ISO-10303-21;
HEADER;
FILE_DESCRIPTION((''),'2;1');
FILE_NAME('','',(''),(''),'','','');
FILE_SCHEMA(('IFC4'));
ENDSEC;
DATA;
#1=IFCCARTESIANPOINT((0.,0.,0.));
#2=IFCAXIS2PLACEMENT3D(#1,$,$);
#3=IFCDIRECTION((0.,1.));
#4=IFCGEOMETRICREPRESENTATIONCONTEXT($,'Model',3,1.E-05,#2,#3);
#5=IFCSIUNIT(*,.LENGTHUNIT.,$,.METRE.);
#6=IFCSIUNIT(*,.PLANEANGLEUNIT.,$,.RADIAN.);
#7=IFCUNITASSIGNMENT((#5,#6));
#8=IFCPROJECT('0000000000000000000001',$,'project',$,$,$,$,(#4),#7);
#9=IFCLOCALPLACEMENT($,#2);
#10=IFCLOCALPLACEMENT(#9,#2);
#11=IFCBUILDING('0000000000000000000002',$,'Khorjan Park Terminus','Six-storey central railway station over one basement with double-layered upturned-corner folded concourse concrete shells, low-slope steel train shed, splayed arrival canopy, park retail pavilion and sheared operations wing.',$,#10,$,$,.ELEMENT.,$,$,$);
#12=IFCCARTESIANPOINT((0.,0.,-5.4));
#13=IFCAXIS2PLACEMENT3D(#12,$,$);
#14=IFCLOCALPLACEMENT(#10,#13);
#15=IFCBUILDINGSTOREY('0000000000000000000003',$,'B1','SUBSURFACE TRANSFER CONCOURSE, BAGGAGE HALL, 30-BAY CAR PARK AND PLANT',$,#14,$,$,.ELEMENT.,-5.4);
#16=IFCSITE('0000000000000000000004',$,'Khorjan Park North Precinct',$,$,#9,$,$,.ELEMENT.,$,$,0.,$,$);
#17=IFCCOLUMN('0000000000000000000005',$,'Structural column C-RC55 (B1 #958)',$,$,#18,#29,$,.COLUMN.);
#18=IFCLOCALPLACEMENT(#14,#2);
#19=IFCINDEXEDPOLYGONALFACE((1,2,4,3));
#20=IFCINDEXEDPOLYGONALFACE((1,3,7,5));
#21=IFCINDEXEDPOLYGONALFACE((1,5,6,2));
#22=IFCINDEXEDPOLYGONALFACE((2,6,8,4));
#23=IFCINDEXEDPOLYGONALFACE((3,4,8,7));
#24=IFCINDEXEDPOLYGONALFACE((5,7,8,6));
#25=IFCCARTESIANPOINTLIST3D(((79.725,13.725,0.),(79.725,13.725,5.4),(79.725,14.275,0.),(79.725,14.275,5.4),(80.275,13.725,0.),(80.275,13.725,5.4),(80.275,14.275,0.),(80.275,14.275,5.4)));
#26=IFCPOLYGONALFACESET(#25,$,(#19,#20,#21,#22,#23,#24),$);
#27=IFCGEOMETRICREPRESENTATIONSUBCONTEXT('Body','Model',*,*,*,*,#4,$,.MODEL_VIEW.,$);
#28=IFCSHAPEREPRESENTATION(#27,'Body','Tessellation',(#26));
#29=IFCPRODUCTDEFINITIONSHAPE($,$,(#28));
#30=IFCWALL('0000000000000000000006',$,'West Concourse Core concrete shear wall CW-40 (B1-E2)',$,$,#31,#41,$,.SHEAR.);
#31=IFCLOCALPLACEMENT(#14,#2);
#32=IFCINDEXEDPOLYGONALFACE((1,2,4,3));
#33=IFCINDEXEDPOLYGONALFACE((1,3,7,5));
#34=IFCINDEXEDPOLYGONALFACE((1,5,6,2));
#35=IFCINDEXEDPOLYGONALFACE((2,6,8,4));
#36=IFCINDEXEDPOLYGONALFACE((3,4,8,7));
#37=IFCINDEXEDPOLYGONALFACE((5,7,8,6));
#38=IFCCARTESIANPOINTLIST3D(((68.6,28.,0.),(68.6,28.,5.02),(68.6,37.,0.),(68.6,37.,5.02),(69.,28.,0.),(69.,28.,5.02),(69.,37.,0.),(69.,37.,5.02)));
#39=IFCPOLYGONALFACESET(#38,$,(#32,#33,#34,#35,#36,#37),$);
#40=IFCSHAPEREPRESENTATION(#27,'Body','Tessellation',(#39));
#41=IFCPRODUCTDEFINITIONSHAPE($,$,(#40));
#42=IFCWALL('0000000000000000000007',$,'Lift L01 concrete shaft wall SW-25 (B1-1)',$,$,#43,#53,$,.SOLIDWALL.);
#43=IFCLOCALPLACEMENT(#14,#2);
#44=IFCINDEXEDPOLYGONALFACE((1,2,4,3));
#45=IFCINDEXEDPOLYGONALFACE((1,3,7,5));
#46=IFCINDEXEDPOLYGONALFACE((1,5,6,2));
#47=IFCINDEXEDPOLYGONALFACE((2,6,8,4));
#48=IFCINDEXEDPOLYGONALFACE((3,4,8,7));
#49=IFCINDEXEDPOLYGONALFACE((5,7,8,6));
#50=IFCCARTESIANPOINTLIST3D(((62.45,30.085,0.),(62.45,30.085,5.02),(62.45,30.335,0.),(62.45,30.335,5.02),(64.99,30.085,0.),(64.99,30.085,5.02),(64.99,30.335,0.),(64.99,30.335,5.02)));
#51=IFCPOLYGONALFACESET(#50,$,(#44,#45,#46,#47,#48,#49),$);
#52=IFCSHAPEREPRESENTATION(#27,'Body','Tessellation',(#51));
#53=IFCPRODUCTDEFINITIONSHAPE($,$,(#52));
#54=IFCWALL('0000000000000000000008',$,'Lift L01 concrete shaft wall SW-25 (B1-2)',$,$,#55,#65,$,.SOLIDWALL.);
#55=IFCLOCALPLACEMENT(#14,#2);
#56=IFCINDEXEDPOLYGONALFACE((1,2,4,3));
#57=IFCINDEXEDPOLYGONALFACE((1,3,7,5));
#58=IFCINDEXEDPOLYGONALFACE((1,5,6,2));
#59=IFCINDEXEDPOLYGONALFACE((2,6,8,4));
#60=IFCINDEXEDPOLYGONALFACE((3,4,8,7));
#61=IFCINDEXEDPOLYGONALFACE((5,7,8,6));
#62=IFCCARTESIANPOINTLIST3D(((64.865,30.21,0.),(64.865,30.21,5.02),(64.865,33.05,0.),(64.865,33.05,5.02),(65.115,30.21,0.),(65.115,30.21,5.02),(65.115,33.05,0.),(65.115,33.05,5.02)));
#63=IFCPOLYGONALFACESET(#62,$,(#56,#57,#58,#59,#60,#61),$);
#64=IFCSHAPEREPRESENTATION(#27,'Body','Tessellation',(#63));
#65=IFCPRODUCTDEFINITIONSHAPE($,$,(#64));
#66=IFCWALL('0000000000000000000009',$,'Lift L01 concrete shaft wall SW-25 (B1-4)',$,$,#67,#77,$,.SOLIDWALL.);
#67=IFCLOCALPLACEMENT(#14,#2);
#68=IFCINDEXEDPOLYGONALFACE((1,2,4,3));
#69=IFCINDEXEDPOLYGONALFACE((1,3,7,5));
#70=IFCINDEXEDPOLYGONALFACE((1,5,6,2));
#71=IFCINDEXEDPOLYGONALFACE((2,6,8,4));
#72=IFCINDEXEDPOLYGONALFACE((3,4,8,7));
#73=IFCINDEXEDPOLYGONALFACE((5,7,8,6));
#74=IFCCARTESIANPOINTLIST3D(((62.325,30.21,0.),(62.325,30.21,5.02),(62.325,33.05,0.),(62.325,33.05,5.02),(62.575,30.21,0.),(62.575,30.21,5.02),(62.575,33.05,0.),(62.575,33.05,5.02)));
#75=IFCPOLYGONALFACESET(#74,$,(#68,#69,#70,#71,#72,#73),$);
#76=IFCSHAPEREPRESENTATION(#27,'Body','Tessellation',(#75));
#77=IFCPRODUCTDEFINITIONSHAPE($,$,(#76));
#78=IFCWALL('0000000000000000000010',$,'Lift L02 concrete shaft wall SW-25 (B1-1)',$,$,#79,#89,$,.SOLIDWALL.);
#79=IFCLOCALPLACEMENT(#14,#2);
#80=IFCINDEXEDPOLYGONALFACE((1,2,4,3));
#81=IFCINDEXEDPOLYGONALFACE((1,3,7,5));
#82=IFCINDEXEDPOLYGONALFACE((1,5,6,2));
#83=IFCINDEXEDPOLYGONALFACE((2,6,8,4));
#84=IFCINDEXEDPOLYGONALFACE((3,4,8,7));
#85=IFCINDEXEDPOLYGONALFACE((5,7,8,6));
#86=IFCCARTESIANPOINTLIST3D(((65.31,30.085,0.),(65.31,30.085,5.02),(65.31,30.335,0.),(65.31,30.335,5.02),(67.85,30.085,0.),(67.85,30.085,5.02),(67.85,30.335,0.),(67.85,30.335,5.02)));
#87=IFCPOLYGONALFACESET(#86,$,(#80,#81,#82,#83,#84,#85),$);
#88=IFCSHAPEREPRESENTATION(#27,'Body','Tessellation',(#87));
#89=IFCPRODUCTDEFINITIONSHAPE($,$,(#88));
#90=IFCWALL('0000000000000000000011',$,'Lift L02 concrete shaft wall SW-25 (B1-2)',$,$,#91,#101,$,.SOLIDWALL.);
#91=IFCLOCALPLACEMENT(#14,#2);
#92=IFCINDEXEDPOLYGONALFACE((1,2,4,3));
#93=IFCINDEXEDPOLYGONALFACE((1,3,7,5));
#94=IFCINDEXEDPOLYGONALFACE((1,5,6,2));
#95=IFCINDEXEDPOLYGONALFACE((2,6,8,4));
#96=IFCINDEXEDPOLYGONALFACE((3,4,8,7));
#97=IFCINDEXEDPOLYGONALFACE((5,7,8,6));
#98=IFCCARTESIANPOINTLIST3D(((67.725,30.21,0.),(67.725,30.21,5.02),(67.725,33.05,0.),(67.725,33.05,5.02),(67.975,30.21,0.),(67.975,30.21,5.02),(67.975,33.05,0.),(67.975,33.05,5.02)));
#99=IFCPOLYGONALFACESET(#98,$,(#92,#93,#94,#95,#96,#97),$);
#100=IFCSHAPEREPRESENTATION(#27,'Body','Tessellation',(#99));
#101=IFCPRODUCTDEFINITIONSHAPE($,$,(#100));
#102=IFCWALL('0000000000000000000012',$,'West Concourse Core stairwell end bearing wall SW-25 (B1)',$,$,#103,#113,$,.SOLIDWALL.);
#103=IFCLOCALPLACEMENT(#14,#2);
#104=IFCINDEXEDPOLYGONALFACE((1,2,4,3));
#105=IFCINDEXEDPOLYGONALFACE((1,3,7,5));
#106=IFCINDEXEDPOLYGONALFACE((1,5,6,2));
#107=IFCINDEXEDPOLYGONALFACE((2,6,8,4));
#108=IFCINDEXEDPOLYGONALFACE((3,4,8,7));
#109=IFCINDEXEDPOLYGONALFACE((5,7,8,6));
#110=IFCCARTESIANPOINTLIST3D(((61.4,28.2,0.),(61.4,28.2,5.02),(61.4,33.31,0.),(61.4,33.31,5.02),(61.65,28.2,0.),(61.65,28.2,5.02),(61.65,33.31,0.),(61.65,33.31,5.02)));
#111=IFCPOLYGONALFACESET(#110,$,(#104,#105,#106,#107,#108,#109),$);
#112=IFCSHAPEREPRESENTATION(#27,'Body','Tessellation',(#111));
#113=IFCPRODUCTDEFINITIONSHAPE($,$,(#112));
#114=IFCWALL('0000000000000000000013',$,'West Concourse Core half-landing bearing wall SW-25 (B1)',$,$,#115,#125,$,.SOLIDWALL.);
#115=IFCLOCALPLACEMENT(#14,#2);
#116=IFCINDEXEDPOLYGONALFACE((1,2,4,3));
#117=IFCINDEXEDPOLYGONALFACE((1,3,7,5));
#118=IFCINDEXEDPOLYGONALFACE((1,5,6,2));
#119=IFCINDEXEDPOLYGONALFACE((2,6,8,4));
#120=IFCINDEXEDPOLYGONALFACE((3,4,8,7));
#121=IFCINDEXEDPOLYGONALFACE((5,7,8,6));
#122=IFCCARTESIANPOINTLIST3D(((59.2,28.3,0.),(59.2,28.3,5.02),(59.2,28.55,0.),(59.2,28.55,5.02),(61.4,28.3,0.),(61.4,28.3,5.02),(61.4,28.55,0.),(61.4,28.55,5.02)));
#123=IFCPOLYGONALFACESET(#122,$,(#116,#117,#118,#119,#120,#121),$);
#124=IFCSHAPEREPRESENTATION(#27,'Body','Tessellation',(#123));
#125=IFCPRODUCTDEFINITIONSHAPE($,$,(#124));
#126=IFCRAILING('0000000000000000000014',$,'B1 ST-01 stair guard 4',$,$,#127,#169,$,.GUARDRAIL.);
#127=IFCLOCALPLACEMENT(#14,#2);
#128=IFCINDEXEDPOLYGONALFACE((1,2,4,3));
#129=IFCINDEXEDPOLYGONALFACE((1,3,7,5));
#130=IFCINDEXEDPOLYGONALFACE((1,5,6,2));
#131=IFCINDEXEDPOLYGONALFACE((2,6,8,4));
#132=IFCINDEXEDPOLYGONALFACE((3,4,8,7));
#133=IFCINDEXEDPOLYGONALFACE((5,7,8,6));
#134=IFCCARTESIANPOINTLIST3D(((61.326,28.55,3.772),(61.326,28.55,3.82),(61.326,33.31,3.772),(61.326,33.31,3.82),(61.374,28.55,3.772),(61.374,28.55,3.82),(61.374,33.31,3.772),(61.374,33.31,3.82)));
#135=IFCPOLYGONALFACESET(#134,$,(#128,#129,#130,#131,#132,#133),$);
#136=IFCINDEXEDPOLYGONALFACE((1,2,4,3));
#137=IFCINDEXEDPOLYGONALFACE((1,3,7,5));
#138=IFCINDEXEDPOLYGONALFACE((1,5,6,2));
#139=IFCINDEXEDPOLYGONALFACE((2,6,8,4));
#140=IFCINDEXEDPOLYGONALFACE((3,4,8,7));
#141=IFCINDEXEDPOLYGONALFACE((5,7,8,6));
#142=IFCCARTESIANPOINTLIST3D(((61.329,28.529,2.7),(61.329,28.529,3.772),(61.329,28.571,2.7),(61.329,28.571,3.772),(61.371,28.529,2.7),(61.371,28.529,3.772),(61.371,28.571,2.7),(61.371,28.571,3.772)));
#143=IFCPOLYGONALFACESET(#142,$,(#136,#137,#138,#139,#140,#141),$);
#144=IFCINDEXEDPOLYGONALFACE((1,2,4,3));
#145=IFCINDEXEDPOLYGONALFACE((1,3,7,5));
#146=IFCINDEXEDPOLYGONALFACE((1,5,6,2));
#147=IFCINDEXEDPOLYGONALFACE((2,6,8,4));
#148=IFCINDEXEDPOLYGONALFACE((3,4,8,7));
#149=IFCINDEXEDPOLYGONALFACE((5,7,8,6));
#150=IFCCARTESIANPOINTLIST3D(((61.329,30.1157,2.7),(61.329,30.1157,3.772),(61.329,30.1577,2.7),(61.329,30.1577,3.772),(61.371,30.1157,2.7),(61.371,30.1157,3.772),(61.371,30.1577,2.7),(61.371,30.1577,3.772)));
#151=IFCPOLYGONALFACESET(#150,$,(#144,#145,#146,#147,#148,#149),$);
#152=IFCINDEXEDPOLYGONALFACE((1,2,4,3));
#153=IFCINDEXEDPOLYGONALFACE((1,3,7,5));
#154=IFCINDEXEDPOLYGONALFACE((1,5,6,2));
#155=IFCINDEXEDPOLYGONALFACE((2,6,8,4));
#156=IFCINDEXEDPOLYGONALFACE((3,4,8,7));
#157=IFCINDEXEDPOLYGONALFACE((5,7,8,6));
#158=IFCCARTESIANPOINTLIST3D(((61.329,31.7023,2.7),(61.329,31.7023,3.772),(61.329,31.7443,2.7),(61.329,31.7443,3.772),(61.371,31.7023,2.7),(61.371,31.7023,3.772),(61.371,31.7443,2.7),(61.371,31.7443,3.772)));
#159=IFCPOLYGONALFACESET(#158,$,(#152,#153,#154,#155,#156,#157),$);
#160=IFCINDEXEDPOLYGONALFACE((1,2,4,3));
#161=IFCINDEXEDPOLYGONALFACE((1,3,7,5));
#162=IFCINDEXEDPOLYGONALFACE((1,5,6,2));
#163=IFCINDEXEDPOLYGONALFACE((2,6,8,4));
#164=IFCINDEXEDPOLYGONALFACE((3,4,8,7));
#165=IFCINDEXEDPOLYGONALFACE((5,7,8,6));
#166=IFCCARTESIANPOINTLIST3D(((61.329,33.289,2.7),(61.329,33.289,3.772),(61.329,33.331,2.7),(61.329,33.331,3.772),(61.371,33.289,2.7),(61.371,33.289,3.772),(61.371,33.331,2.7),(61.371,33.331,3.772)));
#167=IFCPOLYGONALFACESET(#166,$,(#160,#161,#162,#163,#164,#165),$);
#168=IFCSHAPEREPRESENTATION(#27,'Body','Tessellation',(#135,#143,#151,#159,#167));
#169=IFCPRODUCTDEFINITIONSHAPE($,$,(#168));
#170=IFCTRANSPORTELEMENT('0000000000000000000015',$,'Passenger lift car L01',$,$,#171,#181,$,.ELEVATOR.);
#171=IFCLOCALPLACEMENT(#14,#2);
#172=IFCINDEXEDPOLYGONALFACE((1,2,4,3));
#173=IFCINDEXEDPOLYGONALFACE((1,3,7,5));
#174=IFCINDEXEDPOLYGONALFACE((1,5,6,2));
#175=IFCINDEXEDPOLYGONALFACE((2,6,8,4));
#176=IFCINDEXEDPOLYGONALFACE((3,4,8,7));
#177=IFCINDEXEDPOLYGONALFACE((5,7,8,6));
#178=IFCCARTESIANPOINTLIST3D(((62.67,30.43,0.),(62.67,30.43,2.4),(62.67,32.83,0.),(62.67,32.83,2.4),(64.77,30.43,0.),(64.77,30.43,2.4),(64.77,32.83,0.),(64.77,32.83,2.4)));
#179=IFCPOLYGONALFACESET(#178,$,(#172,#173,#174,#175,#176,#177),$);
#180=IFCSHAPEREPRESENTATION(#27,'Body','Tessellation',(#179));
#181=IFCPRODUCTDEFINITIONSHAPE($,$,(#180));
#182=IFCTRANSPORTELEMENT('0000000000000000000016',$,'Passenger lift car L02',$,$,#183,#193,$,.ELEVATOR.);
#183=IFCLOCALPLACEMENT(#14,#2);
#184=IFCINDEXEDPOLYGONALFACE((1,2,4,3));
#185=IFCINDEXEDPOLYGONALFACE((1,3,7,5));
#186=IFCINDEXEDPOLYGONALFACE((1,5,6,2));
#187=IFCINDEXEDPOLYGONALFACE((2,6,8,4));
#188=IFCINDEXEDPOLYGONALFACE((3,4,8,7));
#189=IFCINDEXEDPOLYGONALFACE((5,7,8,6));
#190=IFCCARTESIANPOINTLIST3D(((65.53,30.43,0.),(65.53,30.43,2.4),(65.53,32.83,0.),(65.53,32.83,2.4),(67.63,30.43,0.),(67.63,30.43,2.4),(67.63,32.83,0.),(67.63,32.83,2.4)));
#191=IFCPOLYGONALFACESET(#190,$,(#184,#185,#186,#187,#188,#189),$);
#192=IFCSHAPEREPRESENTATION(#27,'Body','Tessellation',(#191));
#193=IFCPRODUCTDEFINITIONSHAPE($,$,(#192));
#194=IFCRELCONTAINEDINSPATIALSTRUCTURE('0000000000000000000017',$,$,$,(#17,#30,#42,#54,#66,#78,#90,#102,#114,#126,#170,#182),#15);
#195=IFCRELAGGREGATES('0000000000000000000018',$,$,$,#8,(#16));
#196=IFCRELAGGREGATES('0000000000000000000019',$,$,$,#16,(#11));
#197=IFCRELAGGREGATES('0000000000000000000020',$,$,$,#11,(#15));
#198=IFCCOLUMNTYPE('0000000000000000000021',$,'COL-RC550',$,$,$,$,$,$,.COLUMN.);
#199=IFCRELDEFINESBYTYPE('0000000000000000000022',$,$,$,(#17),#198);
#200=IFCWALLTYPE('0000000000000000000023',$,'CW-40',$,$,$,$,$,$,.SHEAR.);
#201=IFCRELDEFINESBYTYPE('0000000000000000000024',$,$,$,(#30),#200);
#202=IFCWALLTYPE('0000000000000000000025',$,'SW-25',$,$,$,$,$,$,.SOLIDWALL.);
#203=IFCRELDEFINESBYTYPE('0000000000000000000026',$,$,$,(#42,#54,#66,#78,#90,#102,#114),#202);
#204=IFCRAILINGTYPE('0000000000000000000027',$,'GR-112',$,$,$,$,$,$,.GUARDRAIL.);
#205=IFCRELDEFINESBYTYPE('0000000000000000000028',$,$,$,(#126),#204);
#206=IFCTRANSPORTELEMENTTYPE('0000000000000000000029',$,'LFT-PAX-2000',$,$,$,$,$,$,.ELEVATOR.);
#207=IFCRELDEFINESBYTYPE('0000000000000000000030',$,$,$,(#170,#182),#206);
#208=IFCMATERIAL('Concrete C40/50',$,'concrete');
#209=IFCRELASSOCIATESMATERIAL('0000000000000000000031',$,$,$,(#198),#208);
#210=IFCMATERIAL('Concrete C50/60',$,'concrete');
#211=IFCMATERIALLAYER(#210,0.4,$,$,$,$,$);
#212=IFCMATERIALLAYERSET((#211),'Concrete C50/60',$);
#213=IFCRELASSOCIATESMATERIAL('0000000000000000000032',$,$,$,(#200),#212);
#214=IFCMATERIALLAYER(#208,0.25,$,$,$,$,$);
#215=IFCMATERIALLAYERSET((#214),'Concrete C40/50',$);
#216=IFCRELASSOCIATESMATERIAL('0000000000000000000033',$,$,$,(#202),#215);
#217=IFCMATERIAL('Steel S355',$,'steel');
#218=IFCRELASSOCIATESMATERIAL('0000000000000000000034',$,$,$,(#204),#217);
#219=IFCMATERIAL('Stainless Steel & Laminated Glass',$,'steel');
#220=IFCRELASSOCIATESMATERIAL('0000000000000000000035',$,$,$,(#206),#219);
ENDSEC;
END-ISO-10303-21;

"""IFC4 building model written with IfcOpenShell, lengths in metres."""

from ifc_helpers import new_model, si_unit, direction, frame, frame_2d, origin, origin_2d, place, context, subcontext, project, spatial, rectangle, extrude, material, layer, layer_set, material_profile, profile_set, type_object, element, save


model = new_model("IFC4")

# Units and contexts
model_context = context("Model", 3, precision=1e-05, world=origin(), true_north=direction((0.0, 1.0)))
body_context = subcontext(model_context, "Body", "Model", "MODEL_VIEW")
ifc_project = project(units=[si_unit("LENGTHUNIT", "METRE"), si_unit("PLANEANGLEUNIT", "RADIAN")], contexts=[model_context])

# Site, building, storey
site_placement = place(None, origin())
site = spatial("IfcSite", under=ifc_project, at=site_placement, Name="Khorjan Park North Precinct", CompositionType="ELEMENT", RefElevation=0.0)
building_placement = place(site_placement, origin())
building = spatial("IfcBuilding", under=site, at=building_placement, Name="Khorjan Park Terminus", Description="Six-storey central railway station over one basement with double-layered upturned-corner folded concourse concrete shells, low-slope steel train shed, splayed arrival canopy, park retail pavilion and sheared operations wing.", CompositionType="ELEMENT")
storey_placement = place(building_placement, frame((0.0, 0.0, -5.4)))
storey = spatial("IfcBuildingStorey", under=building, at=storey_placement, Name="B1", Description="SUBSURFACE TRANSFER CONCOURSE, BAGGAGE HALL, 30-BAY CAR PARK AND PLANT", CompositionType="ELEMENT", Elevation=-5.4)

# Shared definitions
ifc_material_1 = material(Name="Concrete C40/50", Category="concrete")

# Column
ifc_material_2 = material(Name="Concrete C50/60", Category="concrete")
ifc_material_profile_1 = material_profile(ifc_material_1, rectangle(XDim=0.55, YDim=0.55, at=origin_2d()), Name="RC 550x550")
ifc_profile_set_1 = profile_set([ifc_material_profile_1], Name="Concrete C40/50")
column_type_1 = type_object("IfcColumnType", Name="COL-RC550", PredefinedType="COLUMN", material=ifc_profile_set_1)
for number, where, z_axis, x_axis, name in (
    (1, (80.0, 14.0, 0.0), (0.0, 0.0, 1.0), (1.0, 0.0, 0.0), "Structural column C-RC55 (B1 #958)"),
):
    element("IfcColumn", number, at=place(storey_placement, frame(where, z_axis=z_axis, x_axis=x_axis)), inside=storey, type_object=column_type_1, Name=name, PredefinedType="COLUMN", context=body_context, shape_type="SweptSolid", body=[
        extrude(rectangle(XDim=0.55, YDim=0.55, at=origin_2d()), origin(), (0.0, 0.0, 1.0), 5.4),
    ])

# Walls
ifc_layer_1 = layer(ifc_material_2, 0.4)
ifc_layer_set_1 = layer_set([ifc_layer_1], Name="Concrete C50/60")
wall_type_1 = type_object("IfcWallType", Name="CW-40", PredefinedType="SHEAR", material=ifc_layer_set_1)
wall_1_placement = place(storey_placement, frame((68.8, 28.0, 0.0), z_axis=(0.0, 0.0, 1.0), x_axis=(0.0, 1.0, 0.0)))
element("IfcWall", 2, at=wall_1_placement, inside=storey, type_object=wall_type_1, Name="West Concourse Core concrete shear wall CW-40 (B1-E2)", PredefinedType="SHEAR", context=body_context, shape_type="SweptSolid", body=[
    extrude(rectangle(XDim=9.0, YDim=0.4, at=frame_2d((4.5, 0.0))), origin(), (0.0, 0.0, 1.0), 5.02),
])
ifc_layer_2 = layer(ifc_material_1, 0.25)
ifc_layer_set_2 = layer_set([ifc_layer_2], Name="Concrete C40/50")
wall_type_2 = type_object("IfcWallType", Name="SW-25", PredefinedType="SOLIDWALL", material=ifc_layer_set_2)
wall_2_placement = place(storey_placement, frame((62.45, 30.21, 0.0), z_axis=(0.0, 0.0, 1.0), x_axis=(1.0, 0.0, 0.0)))
element("IfcWall", 3, at=wall_2_placement, inside=storey, type_object=wall_type_2, Name="Lift L01 concrete shaft wall SW-25 (B1-1)", PredefinedType="SOLIDWALL", context=body_context, shape_type="SweptSolid", body=[
    extrude(rectangle(XDim=2.54, YDim=0.25, at=frame_2d((1.27, 0.0))), origin(), (0.0, 0.0, 1.0), 5.02),
])
for number, where, z_axis, x_axis, name in (
    (4, (64.99, 30.21, 0.0), (0.0, 0.0, 1.0), (0.0, 1.0, 0.0), "Lift L01 concrete shaft wall SW-25 (B1-2)"),
    (5, (62.45, 33.05, 0.0), (0.0, 0.0, 1.0), (0.0, -1.0, 0.0), "Lift L01 concrete shaft wall SW-25 (B1-4)"),
):
    element("IfcWall", number, at=place(storey_placement, frame(where, z_axis=z_axis, x_axis=x_axis)), inside=storey, type_object=wall_type_2, Name=name, PredefinedType="SOLIDWALL", context=body_context, shape_type="SweptSolid", body=[
        extrude(rectangle(XDim=2.84, YDim=0.25, at=frame_2d((1.42, 0.0))), origin(), (0.0, 0.0, 1.0), 5.02),
    ])
wall_3_placement = place(storey_placement, frame((65.31, 30.21, 0.0), z_axis=(0.0, 0.0, 1.0), x_axis=(1.0, 0.0, 0.0)))
element("IfcWall", 6, at=wall_3_placement, inside=storey, type_object=wall_type_2, Name="Lift L02 concrete shaft wall SW-25 (B1-1)", PredefinedType="SOLIDWALL", context=body_context, shape_type="SweptSolid", body=[
    extrude(rectangle(XDim=2.54, YDim=0.25, at=frame_2d((1.27, 0.0))), origin(), (0.0, 0.0, 1.0), 5.02),
])
wall_4_placement = place(storey_placement, frame((67.85, 30.21, 0.0), z_axis=(0.0, 0.0, 1.0), x_axis=(0.0, 1.0, 0.0)))
element("IfcWall", 7, at=wall_4_placement, inside=storey, type_object=wall_type_2, Name="Lift L02 concrete shaft wall SW-25 (B1-2)", PredefinedType="SOLIDWALL", context=body_context, shape_type="SweptSolid", body=[
    extrude(rectangle(XDim=2.84, YDim=0.25, at=frame_2d((1.42, 0.0))), origin(), (0.0, 0.0, 1.0), 5.02),
])
wall_5_placement = place(storey_placement, frame((61.525, 28.2, 0.0), z_axis=(0.0, 0.0, 1.0), x_axis=(0.0, 1.0, 0.0)))
element("IfcWall", 8, at=wall_5_placement, inside=storey, type_object=wall_type_2, Name="West Concourse Core stairwell end bearing wall SW-25 (B1)", PredefinedType="SOLIDWALL", context=body_context, shape_type="SweptSolid", body=[
    extrude(rectangle(XDim=5.11, YDim=0.25, at=frame_2d((2.555, 0.0))), origin(), (0.0, 0.0, 1.0), 5.02),
])
wall_6_placement = place(storey_placement, frame((59.2, 28.425, 0.0), z_axis=(0.0, 0.0, 1.0), x_axis=(1.0, 0.0, 0.0)))
element("IfcWall", 9, at=wall_6_placement, inside=storey, type_object=wall_type_2, Name="West Concourse Core half-landing bearing wall SW-25 (B1)", PredefinedType="SOLIDWALL", context=body_context, shape_type="SweptSolid", body=[
    extrude(rectangle(XDim=2.2, YDim=0.25, at=frame_2d((1.1, 0.0))), origin(), (0.0, 0.0, 1.0), 5.02),
])

# Railing
ifc_material_3 = material(Name="Steel S355", Category="steel")
railing_type = type_object("IfcRailingType", Name="GR-112", PredefinedType="GUARDRAIL", material=ifc_material_3)
railing_placement = place(storey_placement, frame((61.35, 28.55, 2.7)))
element("IfcRailing", 10, at=railing_placement, inside=storey, type_object=railing_type, Name="B1 ST-01 stair guard 4", PredefinedType="GUARDRAIL", context=body_context, shape_type="SweptSolid", body=[
    extrude(rectangle(XDim=0.048, YDim=0.048, at=origin_2d()), frame((0.0, 0.0, 1.096), z_axis=(0.0, 1.0, 0.0), x_axis=(-1.0, 0.0, 0.0)), (0.0, 0.0, 1.0), 4.76),
    extrude(rectangle(XDim=0.042, YDim=0.042, at=origin_2d()), origin(), (0.0, 0.0, 1.0), 1.072),
    extrude(rectangle(XDim=0.042, YDim=0.042, at=origin_2d()), frame((0.0, 1.5867, 0.0)), (0.0, 0.0, 1.0), 1.072),
    extrude(rectangle(XDim=0.042, YDim=0.042, at=origin_2d()), frame((0.0, 3.1733, 0.0)), (0.0, 0.0, 1.0), 1.072),
    extrude(rectangle(XDim=0.042, YDim=0.042, at=origin_2d()), frame((0.0, 4.76, 0.0)), (0.0, 0.0, 1.0), 1.072),
])

# Transport elements
ifc_material_4 = material(Name="Stainless Steel & Laminated Glass", Category="steel")
transport_element_type = type_object("IfcTransportElementType", Name="LFT-PAX-2000", PredefinedType="ELEVATOR", material=ifc_material_4)
for number, where, z_axis, x_axis, name in (
    (11, (63.72, 31.63, 0.0), (0.0, 0.0, 1.0), (1.0, 0.0, 0.0), "Passenger lift car L01"),
    (12, (66.58, 31.63, 0.0), (0.0, 0.0, 1.0), (1.0, 0.0, 0.0), "Passenger lift car L02"),
):
    element("IfcTransportElement", number, at=place(storey_placement, frame(where, z_axis=z_axis, x_axis=x_axis)), inside=storey, type_object=transport_element_type, Name=name, PredefinedType="ELEVATOR", context=body_context, shape_type="SweptSolid", body=[
        extrude(rectangle(XDim=2.1, YDim=2.4, at=origin_2d()), origin(), (0.0, 0.0, 1.0), 2.4),
    ])

save(model, "model.ifc")
